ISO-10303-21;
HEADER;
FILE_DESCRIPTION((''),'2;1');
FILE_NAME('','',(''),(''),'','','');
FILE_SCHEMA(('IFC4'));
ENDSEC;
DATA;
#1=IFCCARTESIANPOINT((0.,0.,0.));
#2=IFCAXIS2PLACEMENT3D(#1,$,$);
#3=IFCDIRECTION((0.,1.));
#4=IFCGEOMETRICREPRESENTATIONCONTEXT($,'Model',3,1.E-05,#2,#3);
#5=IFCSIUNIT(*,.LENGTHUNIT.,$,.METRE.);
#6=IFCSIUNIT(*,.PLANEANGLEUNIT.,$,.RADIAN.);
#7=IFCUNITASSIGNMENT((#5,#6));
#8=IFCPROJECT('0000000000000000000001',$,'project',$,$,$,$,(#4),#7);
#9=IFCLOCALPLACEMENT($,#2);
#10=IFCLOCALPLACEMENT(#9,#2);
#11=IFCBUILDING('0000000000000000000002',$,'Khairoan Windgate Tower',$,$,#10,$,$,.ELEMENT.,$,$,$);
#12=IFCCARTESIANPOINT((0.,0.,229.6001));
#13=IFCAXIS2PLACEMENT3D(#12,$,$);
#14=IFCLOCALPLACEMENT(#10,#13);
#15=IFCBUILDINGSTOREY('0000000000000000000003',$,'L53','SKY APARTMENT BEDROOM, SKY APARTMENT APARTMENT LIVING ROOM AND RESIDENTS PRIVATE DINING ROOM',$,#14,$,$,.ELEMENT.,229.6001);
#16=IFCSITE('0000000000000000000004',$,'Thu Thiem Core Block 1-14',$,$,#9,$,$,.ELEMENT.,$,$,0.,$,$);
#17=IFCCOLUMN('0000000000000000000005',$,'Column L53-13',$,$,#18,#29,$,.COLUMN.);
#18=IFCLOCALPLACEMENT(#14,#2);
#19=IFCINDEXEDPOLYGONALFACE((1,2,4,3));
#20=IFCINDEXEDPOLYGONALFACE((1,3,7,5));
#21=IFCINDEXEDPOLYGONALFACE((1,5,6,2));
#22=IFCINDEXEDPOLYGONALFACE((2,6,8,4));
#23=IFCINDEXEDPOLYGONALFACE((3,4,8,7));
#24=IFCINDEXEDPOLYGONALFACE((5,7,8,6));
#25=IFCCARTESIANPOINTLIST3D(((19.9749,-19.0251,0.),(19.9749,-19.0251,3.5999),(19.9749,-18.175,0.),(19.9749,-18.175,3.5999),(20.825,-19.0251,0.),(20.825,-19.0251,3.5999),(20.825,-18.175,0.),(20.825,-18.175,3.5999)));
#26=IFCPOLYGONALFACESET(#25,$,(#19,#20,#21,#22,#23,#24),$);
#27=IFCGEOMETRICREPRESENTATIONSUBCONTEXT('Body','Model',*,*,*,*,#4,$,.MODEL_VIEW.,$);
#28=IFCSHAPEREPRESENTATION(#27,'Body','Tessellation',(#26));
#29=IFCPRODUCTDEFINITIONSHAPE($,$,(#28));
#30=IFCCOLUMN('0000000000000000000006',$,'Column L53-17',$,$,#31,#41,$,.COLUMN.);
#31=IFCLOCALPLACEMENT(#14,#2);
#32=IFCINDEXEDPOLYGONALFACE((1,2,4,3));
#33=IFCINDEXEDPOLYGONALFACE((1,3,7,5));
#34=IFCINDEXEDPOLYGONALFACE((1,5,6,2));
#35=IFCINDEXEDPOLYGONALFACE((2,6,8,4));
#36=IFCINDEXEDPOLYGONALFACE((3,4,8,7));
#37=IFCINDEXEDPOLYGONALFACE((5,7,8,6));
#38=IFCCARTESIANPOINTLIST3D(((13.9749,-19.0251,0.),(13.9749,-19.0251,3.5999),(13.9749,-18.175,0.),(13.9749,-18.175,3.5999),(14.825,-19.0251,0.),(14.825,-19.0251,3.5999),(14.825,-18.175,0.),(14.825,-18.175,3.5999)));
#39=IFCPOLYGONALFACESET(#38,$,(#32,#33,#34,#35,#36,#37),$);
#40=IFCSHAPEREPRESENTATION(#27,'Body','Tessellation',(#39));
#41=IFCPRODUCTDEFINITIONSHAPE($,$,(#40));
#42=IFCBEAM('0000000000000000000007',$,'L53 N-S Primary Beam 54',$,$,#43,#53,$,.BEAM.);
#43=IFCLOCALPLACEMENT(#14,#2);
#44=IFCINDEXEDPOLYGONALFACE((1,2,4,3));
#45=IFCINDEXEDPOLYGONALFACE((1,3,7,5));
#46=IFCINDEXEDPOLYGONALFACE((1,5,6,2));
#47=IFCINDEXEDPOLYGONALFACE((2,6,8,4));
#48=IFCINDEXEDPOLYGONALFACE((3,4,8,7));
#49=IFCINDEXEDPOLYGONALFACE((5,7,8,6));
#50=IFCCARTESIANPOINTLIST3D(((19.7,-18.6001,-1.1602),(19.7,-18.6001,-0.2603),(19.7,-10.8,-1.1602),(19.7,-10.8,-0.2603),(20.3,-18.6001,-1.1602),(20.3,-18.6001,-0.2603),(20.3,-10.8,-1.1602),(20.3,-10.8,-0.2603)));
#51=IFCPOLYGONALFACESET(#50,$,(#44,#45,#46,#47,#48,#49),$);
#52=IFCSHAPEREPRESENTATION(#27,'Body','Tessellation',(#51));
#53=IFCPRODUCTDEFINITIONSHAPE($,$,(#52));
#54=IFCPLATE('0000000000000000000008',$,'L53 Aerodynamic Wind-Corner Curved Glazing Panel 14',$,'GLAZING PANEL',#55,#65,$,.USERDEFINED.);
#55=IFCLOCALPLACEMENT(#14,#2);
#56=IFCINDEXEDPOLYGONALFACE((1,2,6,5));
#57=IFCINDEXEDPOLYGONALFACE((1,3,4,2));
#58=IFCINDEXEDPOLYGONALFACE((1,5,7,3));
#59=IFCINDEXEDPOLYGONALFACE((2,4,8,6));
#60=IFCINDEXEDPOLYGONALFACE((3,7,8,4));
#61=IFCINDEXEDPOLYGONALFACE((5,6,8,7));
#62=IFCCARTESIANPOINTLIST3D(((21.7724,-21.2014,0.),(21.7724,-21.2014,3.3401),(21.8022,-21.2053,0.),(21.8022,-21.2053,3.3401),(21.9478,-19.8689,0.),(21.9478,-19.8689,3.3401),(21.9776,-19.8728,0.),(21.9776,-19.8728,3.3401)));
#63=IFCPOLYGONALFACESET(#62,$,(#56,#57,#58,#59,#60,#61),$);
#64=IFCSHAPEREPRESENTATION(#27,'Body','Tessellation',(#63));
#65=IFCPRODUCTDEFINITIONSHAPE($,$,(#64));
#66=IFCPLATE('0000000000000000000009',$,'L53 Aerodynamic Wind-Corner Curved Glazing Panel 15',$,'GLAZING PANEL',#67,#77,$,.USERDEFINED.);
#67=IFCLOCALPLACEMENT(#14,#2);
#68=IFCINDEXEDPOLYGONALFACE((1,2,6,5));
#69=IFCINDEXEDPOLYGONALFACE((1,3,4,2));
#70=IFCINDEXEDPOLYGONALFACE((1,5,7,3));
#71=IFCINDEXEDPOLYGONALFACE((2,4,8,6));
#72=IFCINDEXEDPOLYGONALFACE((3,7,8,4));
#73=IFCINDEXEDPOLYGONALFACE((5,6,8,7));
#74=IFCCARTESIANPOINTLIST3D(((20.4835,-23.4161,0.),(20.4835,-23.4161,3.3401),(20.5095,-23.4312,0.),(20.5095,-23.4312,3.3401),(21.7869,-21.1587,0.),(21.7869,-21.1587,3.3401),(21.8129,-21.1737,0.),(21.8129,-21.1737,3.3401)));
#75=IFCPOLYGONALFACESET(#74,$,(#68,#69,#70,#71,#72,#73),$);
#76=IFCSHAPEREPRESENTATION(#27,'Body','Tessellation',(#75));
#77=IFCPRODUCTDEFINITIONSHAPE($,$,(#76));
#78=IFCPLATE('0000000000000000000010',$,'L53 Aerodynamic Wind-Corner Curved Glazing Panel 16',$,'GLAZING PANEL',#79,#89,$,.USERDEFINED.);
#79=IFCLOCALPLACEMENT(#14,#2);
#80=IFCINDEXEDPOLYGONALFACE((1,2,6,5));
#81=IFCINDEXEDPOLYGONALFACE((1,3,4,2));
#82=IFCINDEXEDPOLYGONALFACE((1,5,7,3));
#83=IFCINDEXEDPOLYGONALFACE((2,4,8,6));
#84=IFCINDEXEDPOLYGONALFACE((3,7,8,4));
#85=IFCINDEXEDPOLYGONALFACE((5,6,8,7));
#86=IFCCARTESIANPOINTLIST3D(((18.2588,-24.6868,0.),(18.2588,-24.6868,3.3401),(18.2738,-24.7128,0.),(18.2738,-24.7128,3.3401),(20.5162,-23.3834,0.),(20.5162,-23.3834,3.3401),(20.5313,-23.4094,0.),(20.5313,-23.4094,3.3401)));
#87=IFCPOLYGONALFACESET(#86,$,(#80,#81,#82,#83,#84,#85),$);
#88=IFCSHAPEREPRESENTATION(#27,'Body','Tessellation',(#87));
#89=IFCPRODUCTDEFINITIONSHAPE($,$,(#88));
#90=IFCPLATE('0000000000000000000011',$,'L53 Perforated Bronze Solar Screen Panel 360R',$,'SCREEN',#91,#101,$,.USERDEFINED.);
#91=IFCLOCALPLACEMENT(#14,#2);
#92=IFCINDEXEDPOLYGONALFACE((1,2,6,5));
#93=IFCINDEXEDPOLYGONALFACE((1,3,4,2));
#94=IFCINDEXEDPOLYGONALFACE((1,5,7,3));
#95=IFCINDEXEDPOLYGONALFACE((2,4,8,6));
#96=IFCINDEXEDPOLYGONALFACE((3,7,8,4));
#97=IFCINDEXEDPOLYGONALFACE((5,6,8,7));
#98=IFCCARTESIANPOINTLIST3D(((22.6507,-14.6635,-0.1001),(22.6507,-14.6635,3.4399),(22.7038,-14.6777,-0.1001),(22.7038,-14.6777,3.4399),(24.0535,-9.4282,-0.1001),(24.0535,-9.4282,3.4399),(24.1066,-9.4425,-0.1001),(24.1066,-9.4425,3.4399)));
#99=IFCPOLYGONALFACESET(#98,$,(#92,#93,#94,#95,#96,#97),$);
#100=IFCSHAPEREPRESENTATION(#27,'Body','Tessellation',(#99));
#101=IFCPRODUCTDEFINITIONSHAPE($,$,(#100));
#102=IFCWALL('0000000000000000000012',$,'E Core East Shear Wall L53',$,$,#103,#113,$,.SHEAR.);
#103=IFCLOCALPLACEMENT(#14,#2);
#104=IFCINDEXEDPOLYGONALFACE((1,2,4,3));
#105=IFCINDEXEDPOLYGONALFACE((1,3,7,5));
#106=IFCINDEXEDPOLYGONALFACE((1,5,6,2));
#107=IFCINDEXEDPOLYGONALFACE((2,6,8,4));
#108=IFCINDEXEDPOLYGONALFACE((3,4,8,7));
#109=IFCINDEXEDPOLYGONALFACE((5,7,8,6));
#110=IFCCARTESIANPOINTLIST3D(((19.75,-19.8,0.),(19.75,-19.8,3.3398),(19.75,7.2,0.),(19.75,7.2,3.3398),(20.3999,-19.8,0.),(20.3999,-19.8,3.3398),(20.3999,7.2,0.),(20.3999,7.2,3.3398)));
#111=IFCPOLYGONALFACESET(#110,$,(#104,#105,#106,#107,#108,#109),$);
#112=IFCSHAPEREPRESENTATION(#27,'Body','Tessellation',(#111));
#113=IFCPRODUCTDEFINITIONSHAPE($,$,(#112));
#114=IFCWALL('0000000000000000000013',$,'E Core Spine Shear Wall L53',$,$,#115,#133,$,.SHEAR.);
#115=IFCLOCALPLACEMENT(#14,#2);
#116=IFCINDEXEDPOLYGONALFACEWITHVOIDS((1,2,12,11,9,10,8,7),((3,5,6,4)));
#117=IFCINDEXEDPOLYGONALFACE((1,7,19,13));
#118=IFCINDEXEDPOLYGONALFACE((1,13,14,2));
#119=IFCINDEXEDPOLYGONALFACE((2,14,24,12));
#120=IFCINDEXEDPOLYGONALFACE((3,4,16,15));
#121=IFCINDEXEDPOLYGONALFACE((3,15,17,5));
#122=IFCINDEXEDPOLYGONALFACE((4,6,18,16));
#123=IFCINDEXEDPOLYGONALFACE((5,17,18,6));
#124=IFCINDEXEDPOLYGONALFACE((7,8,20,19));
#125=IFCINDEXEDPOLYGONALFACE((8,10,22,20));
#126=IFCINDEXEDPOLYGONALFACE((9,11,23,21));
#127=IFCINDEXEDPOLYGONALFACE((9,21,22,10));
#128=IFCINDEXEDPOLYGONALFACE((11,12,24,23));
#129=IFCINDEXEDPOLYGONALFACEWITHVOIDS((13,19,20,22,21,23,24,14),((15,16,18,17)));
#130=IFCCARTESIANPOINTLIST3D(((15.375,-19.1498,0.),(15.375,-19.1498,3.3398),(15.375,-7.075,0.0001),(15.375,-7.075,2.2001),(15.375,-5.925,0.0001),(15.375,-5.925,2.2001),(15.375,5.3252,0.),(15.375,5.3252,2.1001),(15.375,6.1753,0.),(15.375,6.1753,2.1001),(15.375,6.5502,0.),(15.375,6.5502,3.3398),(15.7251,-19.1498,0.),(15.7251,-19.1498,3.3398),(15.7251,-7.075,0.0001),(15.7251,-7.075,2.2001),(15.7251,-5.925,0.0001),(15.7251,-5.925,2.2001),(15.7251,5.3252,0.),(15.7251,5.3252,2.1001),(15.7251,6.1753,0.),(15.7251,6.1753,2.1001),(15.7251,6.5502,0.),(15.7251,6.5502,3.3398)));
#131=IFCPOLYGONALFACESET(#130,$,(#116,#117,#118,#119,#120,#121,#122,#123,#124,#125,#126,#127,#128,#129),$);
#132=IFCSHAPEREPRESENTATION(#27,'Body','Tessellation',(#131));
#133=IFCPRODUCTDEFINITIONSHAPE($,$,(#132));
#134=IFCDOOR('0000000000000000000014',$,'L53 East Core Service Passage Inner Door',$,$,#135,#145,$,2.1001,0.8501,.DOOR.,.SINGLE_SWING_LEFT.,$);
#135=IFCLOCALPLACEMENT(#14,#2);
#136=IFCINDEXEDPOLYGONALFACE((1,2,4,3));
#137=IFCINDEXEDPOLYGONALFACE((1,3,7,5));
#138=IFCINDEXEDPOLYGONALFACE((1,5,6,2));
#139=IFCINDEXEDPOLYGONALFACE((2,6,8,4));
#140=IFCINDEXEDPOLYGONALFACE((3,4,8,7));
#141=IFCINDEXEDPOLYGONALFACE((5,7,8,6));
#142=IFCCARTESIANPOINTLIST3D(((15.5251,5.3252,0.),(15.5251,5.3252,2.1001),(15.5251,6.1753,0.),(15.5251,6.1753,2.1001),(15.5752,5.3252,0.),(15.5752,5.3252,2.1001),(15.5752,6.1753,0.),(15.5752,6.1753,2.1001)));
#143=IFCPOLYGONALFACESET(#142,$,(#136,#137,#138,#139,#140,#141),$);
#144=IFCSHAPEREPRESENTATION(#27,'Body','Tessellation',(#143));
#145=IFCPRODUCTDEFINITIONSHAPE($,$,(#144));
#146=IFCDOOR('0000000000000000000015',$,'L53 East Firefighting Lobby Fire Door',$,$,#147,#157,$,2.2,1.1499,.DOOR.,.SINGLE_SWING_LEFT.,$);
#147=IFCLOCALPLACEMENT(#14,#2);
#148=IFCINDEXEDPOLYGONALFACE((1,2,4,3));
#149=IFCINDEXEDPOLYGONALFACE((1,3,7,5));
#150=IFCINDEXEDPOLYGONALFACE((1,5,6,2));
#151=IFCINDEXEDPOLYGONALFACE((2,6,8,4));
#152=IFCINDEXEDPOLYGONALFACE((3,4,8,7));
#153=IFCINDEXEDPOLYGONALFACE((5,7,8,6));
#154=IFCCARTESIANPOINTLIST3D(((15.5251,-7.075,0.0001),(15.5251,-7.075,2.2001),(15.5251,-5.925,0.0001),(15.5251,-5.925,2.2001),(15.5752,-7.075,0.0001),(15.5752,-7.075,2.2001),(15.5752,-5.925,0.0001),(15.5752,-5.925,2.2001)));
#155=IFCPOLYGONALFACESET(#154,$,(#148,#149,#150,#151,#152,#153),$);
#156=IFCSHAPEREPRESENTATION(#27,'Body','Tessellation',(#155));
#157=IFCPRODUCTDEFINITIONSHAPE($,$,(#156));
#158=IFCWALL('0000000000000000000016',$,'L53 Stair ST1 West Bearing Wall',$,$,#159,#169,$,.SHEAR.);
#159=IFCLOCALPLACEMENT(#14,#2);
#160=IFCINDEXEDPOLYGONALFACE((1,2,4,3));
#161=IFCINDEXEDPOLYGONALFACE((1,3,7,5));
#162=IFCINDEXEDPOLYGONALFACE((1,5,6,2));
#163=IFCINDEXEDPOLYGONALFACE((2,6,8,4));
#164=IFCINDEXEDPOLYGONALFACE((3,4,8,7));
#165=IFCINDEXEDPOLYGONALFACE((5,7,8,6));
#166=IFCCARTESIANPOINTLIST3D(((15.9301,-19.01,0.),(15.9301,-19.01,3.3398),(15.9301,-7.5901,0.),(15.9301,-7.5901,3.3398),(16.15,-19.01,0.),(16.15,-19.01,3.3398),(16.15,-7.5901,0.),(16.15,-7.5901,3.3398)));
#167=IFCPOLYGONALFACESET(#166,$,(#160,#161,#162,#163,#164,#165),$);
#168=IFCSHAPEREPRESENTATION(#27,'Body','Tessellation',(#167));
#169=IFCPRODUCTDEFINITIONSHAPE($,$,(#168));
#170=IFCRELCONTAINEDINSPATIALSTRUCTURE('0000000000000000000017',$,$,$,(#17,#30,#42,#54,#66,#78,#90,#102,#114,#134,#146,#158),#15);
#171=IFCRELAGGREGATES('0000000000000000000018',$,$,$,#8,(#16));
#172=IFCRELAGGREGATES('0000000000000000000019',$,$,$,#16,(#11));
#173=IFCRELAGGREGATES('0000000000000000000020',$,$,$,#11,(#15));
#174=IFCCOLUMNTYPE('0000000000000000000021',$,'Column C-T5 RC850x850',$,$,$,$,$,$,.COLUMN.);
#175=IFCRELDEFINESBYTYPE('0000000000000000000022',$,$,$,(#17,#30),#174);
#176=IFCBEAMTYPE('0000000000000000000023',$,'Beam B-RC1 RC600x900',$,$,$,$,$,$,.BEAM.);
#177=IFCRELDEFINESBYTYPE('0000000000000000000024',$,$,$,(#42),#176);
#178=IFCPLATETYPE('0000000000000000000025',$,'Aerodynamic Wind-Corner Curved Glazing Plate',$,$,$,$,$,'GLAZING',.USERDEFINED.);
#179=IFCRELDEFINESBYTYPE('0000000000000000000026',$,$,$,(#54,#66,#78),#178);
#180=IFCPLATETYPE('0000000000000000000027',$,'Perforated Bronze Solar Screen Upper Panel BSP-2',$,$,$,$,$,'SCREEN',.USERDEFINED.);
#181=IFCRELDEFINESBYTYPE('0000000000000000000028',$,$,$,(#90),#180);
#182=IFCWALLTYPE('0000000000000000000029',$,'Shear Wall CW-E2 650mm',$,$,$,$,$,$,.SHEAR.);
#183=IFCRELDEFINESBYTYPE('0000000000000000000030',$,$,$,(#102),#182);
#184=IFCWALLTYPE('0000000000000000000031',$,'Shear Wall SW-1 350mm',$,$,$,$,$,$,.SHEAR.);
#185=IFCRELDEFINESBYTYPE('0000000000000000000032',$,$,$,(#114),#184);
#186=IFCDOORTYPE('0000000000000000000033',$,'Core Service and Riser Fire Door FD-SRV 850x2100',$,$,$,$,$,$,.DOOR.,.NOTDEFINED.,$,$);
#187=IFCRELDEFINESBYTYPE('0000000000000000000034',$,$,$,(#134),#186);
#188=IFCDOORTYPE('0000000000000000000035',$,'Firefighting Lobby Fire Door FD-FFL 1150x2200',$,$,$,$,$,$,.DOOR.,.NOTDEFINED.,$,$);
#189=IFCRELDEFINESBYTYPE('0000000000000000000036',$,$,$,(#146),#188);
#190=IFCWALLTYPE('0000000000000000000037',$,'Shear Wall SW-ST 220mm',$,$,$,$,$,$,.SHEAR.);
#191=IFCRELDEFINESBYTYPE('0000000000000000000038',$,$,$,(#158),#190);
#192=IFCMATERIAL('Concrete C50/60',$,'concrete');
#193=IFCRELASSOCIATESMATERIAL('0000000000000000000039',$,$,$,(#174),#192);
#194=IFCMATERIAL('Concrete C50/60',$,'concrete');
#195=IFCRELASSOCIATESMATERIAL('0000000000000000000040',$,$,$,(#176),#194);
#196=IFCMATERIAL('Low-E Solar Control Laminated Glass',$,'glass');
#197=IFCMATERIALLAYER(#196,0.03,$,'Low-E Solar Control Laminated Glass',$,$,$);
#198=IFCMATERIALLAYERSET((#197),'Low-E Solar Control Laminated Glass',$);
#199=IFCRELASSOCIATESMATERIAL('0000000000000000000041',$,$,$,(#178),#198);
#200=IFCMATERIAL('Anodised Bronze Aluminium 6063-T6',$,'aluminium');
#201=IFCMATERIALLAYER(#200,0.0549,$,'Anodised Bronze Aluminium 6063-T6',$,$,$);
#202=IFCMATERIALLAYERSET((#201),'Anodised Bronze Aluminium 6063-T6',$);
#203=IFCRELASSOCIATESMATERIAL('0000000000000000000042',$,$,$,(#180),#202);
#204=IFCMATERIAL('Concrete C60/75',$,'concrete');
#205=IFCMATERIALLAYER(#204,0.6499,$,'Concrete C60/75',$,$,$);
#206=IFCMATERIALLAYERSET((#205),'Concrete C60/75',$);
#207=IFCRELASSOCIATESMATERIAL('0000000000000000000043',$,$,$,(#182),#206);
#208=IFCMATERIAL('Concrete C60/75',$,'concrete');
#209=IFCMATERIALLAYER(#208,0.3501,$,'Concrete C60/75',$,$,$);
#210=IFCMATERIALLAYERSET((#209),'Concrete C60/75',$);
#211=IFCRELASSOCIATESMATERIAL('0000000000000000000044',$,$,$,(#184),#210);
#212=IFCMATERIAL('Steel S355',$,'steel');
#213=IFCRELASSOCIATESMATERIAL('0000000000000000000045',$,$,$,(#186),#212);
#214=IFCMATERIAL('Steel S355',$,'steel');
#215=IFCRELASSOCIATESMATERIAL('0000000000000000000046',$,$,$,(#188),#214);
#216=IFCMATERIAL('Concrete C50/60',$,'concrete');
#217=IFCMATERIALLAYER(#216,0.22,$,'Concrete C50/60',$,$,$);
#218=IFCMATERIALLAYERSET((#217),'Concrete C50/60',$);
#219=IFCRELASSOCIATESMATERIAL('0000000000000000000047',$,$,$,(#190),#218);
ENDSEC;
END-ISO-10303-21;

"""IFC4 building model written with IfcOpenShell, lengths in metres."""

from ifc_helpers import new_model, si_unit, direction, frame, frame_2d, origin, origin_2d, place, context, subcontext, project, spatial, rectangle, extrude, material, layer, layer_set, material_profile, profile_set, type_object, element, fill, save


model = new_model("IFC4")

# Units and contexts
model_context = context("Model", 3, precision=1e-05, world=origin(), true_north=direction((0.0, 1.0)))
body_context = subcontext(model_context, "Body", "Model", "MODEL_VIEW")
ifc_project = project(units=[si_unit("LENGTHUNIT", "METRE"), si_unit("PLANEANGLEUNIT", "RADIAN")], contexts=[model_context])

# Site, building, storey
site_placement = place(None, origin())
site = spatial("IfcSite", under=ifc_project, at=site_placement, Name="Thu Thiem Core Block 1-14", CompositionType="ELEMENT", RefElevation=0.0)
building_placement = place(site_placement, origin())
building = spatial("IfcBuilding", under=site, at=building_placement, Name="Khairoan Windgate Tower", CompositionType="ELEMENT")
storey_placement = place(building_placement, frame((0.0, 0.0, 229.6001)))
storey = spatial("IfcBuildingStorey", under=building, at=storey_placement, Name="L53", Description="SKY APARTMENT BEDROOM, SKY APARTMENT APARTMENT LIVING ROOM AND RESIDENTS PRIVATE DINING ROOM", CompositionType="ELEMENT", Elevation=229.6001)

# Columns
ifc_material_1 = material(Name="Concrete C50/60", Category="concrete")
ifc_material_profile_1 = material_profile(ifc_material_1, rectangle(XDim=0.8501, YDim=0.8501, at=origin_2d()))
ifc_profile_set_1 = profile_set([ifc_material_profile_1], Name="Concrete C50/60")
column_type = type_object("IfcColumnType", Name="Column C-T5 RC850x850", PredefinedType="COLUMN", material=ifc_profile_set_1)
for number, where, z_axis, x_axis, name in (
    (1, (20.3999, -18.6001, 0.0), (0.0, 0.0, 1.0), (1.0, 0.0, 0.0), "Column L53-13"),
    (2, (14.3999, -18.6001, 0.0), (0.0, 0.0, 1.0), (1.0, 0.0, 0.0), "Column L53-17"),
):
    element("IfcColumn", number, at=place(storey_placement, frame(where, z_axis=z_axis, x_axis=x_axis)), inside=storey, type_object=column_type, Name=name, PredefinedType="COLUMN", context=body_context, shape_type="SweptSolid", body=[
        extrude(rectangle(XDim=0.8501, YDim=0.8501, at=origin_2d()), origin(), (0.0, 0.0, 1.0), 3.5999),
    ])

# Beam
ifc_material_2 = material(Name="Concrete C50/60", Category="concrete")
ifc_material_profile_2 = material_profile(ifc_material_2, rectangle(XDim=0.6001, YDim=0.8999, at=origin_2d()))
ifc_profile_set_2 = profile_set([ifc_material_profile_2], Name="Concrete C50/60")
beam_type = type_object("IfcBeamType", Name="Beam B-RC1 RC600x900", PredefinedType="BEAM", material=ifc_profile_set_2)
beam_placement = place(storey_placement, frame((20.0, -18.6001, -0.7102), z_axis=(0.0, 1.0, 0.0), x_axis=(-1.0, 0.0, 0.0)))
element("IfcBeam", 3, at=beam_placement, inside=storey, type_object=beam_type, Name="L53 N-S Primary Beam 54", PredefinedType="BEAM", context=body_context, shape_type="SweptSolid", body=[
    extrude(rectangle(XDim=0.6001, YDim=0.8999, at=origin_2d()), origin(), (0.0, 0.0, 1.0), 7.8),
])

# Plates
ifc_material_3 = material(Name="Low-E Solar Control Laminated Glass", Category="glass")
ifc_layer_1 = layer(ifc_material_3, 0.03, Name="Low-E Solar Control Laminated Glass")
ifc_layer_set_1 = layer_set([ifc_layer_1], Name="Low-E Solar Control Laminated Glass")
plate_type_1 = type_object("IfcPlateType", Name="Aerodynamic Wind-Corner Curved Glazing Plate", ElementType="GLAZING", PredefinedType="USERDEFINED", material=ifc_layer_set_1)
plate_1_placement = place(storey_placement, frame((21.875, -20.5371, 0.0), z_axis=(0.0, 0.0, 1.0), x_axis=(-0.130526, -0.991445, 0.0)))
element("IfcPlate", 4, at=plate_1_placement, inside=storey, type_object=plate_type_1, Name="L53 Aerodynamic Wind-Corner Curved Glazing Panel 14", ObjectType="GLAZING PANEL", PredefinedType="USERDEFINED", context=body_context, shape_type="SweptSolid", body=[
    extrude(rectangle(XDim=1.344, YDim=0.03, at=origin_2d()), origin(), (0.0, 0.0, 1.0), 3.3401),
])
for number, where, z_axis, x_axis, name in (
    (5, (21.1482, -22.2949, 0.0), (0.0, 0.0, 1.0), (-0.5, -0.866025, 0.0), "L53 Aerodynamic Wind-Corner Curved Glazing Panel 15"),
    (6, (19.395, -24.0481, 0.0), (0.0, 0.0, 1.0), (-0.866025, -0.5, 0.0), "L53 Aerodynamic Wind-Corner Curved Glazing Panel 16"),
):
    element("IfcPlate", number, at=place(storey_placement, frame(where, z_axis=z_axis, x_axis=x_axis)), inside=storey, type_object=plate_type_1, Name=name, ObjectType="GLAZING PANEL", PredefinedType="USERDEFINED", context=body_context, shape_type="SweptSolid", body=[
        extrude(rectangle(XDim=2.6067, YDim=0.03, at=origin_2d()), origin(), (0.0, 0.0, 1.0), 3.3401),
    ])

# Plate
ifc_material_4 = material(Name="Anodised Bronze Aluminium 6063-T6", Category="aluminium")
ifc_layer_2 = layer(ifc_material_4, 0.0549, Name="Anodised Bronze Aluminium 6063-T6")
ifc_layer_set_2 = layer_set([ifc_layer_2], Name="Anodised Bronze Aluminium 6063-T6")
plate_type_2 = type_object("IfcPlateType", Name="Perforated Bronze Solar Screen Upper Panel BSP-2", ElementType="SCREEN", PredefinedType="USERDEFINED", material=ifc_layer_set_2)
plate_2_placement = place(storey_placement, frame((23.3787, -12.053, -0.1001), z_axis=(0.0, 0.0, 1.0), x_axis=(-0.258819, -0.965926, 0.0)))
element("IfcPlate", 7, at=plate_2_placement, inside=storey, type_object=plate_type_2, Name="L53 Perforated Bronze Solar Screen Panel 360R", ObjectType="SCREEN", PredefinedType="USERDEFINED", context=body_context, shape_type="SweptSolid", body=[
    extrude(rectangle(XDim=5.4199, YDim=0.0549, at=origin_2d()), origin(), (0.0, 0.0, 1.0), 3.54),
])

# Wall
ifc_material_5 = material(Name="Concrete C60/75", Category="concrete")
ifc_layer_3 = layer(ifc_material_5, 0.6499, Name="Concrete C60/75")
ifc_layer_set_3 = layer_set([ifc_layer_3], Name="Concrete C60/75")
wall_type_1 = type_object("IfcWallType", Name="Shear Wall CW-E2 650mm", PredefinedType="SHEAR", material=ifc_layer_set_3)
wall_1_placement = place(storey_placement, frame((20.075, -19.8, 0.0), z_axis=(0.0, 0.0, 1.0), x_axis=(0.0, 1.0, 0.0)))
element("IfcWall", 8, at=wall_1_placement, inside=storey, type_object=wall_type_1, Name="E Core East Shear Wall L53", PredefinedType="SHEAR", context=body_context, shape_type="SweptSolid", body=[
    extrude(rectangle(XDim=27.0, YDim=0.6499, at=frame_2d((13.5, 0.0))), origin(), (0.0, 0.0, 1.0), 3.3398),
])

# Wall, openings, doors
ifc_material_6 = material(Name="Concrete C60/75", Category="concrete")
ifc_layer_4 = layer(ifc_material_6, 0.3501, Name="Concrete C60/75")
ifc_layer_set_4 = layer_set([ifc_layer_4], Name="Concrete C60/75")
wall_type_2 = type_object("IfcWallType", Name="Shear Wall SW-1 350mm", PredefinedType="SHEAR", material=ifc_layer_set_4)
wall_2_placement = place(storey_placement, frame((15.55, -19.1499, 0.0), z_axis=(0.0, 0.0, 1.0), x_axis=(0.0, 1.0, 0.0)))
wall_2 = element("IfcWall", 9, at=wall_2_placement, inside=storey, type_object=wall_type_2, Name="E Core Spine Shear Wall L53", PredefinedType="SHEAR", context=body_context, shape_type="SweptSolid", body=[
    extrude(rectangle(XDim=25.7, YDim=0.3501, at=frame_2d((12.8501, 0.0))), origin(), (0.0, 0.0, 1.0), 3.3398),
])
opening_1_placement = place(wall_2_placement, frame((12.075, 0.0, 0.0)))
opening_1 = element("IfcOpeningElement", 10, at=opening_1_placement, cuts=wall_2, PredefinedType="OPENING", context=body_context, shape_type="SweptSolid", body=[
    extrude(rectangle(XDim=1.1499, YDim=2.2, at=frame_2d((0.575, 1.1001))), frame((0.0, 0.1851, 0.0), z_axis=(0.0, -1.0, 0.0), x_axis=(1.0, 0.0, 0.0)), (0.0, 0.0, 1.0), 0.3701),
])
opening_2_placement = place(wall_2_placement, frame((24.4751, 0.0, 0.0)))
opening_2 = element("IfcOpeningElement", 11, at=opening_2_placement, cuts=wall_2, PredefinedType="OPENING", context=body_context, shape_type="SweptSolid", body=[
    extrude(rectangle(XDim=0.8501, YDim=2.1001, at=frame_2d((0.425, 1.05))), frame((0.0, 0.1851, 0.0), z_axis=(0.0, -1.0, 0.0), x_axis=(1.0, 0.0, 0.0)), (0.0, 0.0, 1.0), 0.3701),
])
ifc_material_7 = material(Name="Steel S355", Category="steel")
door_type_1 = type_object("IfcDoorType", Name="Core Service and Riser Fire Door FD-SRV 850x2100", OperationType="NOTDEFINED", PredefinedType="DOOR", material=ifc_material_7)
door_1_placement = place(opening_2_placement, origin())
door_1 = element("IfcDoor", 12, at=door_1_placement, inside=storey, type_object=door_type_1, Name="L53 East Core Service Passage Inner Door", OperationType="SINGLE_SWING_LEFT", OverallHeight=2.1001, OverallWidth=0.8501, PredefinedType="DOOR", context=body_context, shape_type="SweptSolid", body=[
    extrude(rectangle(XDim=0.8501, YDim=2.1001, at=frame_2d((0.425, 1.05))), frame((0.0, 0.0249, 0.0), z_axis=(0.0, -1.0, 0.0), x_axis=(1.0, 0.0, 0.0)), (0.0, 0.0, 1.0), 0.05),
])
fill(opening_2, door_1)
ifc_material_8 = material(Name="Steel S355", Category="steel")
door_type_2 = type_object("IfcDoorType", Name="Firefighting Lobby Fire Door FD-FFL 1150x2200", OperationType="NOTDEFINED", PredefinedType="DOOR", material=ifc_material_8)
door_2_placement = place(opening_1_placement, origin())
door_2 = element("IfcDoor", 13, at=door_2_placement, inside=storey, type_object=door_type_2, Name="L53 East Firefighting Lobby Fire Door", OperationType="SINGLE_SWING_LEFT", OverallHeight=2.2, OverallWidth=1.1499, PredefinedType="DOOR", context=body_context, shape_type="SweptSolid", body=[
    extrude(rectangle(XDim=1.1499, YDim=2.2, at=frame_2d((0.575, 1.1001))), frame((0.0, 0.0249, 0.0), z_axis=(0.0, -1.0, 0.0), x_axis=(1.0, 0.0, 0.0)), (0.0, 0.0, 1.0), 0.05),
])
fill(opening_1, door_2)

# Wall
ifc_material_9 = material(Name="Concrete C50/60", Category="concrete")
ifc_layer_5 = layer(ifc_material_9, 0.22, Name="Concrete C50/60")
ifc_layer_set_5 = layer_set([ifc_layer_5], Name="Concrete C50/60")
wall_type_3 = type_object("IfcWallType", Name="Shear Wall SW-ST 220mm", PredefinedType="SHEAR", material=ifc_layer_set_5)
for number, where, z_axis, x_axis, name in (
    (14, (16.04, -19.01, 0.0), (0.0, 0.0, 1.0), (0.0, 1.0, 0.0), "L53 Stair ST1 West Bearing Wall"),
):
    element("IfcWall", number, at=place(storey_placement, frame(where, z_axis=z_axis, x_axis=x_axis)), inside=storey, type_object=wall_type_3, Name=name, PredefinedType="SHEAR", context=body_context, shape_type="SweptSolid", body=[
        extrude(rectangle(XDim=11.4199, YDim=0.22, at=frame_2d((5.71, 0.0))), origin(), (0.0, 0.0, 1.0), 3.3398),
    ])

save(model, "model.ifc")
